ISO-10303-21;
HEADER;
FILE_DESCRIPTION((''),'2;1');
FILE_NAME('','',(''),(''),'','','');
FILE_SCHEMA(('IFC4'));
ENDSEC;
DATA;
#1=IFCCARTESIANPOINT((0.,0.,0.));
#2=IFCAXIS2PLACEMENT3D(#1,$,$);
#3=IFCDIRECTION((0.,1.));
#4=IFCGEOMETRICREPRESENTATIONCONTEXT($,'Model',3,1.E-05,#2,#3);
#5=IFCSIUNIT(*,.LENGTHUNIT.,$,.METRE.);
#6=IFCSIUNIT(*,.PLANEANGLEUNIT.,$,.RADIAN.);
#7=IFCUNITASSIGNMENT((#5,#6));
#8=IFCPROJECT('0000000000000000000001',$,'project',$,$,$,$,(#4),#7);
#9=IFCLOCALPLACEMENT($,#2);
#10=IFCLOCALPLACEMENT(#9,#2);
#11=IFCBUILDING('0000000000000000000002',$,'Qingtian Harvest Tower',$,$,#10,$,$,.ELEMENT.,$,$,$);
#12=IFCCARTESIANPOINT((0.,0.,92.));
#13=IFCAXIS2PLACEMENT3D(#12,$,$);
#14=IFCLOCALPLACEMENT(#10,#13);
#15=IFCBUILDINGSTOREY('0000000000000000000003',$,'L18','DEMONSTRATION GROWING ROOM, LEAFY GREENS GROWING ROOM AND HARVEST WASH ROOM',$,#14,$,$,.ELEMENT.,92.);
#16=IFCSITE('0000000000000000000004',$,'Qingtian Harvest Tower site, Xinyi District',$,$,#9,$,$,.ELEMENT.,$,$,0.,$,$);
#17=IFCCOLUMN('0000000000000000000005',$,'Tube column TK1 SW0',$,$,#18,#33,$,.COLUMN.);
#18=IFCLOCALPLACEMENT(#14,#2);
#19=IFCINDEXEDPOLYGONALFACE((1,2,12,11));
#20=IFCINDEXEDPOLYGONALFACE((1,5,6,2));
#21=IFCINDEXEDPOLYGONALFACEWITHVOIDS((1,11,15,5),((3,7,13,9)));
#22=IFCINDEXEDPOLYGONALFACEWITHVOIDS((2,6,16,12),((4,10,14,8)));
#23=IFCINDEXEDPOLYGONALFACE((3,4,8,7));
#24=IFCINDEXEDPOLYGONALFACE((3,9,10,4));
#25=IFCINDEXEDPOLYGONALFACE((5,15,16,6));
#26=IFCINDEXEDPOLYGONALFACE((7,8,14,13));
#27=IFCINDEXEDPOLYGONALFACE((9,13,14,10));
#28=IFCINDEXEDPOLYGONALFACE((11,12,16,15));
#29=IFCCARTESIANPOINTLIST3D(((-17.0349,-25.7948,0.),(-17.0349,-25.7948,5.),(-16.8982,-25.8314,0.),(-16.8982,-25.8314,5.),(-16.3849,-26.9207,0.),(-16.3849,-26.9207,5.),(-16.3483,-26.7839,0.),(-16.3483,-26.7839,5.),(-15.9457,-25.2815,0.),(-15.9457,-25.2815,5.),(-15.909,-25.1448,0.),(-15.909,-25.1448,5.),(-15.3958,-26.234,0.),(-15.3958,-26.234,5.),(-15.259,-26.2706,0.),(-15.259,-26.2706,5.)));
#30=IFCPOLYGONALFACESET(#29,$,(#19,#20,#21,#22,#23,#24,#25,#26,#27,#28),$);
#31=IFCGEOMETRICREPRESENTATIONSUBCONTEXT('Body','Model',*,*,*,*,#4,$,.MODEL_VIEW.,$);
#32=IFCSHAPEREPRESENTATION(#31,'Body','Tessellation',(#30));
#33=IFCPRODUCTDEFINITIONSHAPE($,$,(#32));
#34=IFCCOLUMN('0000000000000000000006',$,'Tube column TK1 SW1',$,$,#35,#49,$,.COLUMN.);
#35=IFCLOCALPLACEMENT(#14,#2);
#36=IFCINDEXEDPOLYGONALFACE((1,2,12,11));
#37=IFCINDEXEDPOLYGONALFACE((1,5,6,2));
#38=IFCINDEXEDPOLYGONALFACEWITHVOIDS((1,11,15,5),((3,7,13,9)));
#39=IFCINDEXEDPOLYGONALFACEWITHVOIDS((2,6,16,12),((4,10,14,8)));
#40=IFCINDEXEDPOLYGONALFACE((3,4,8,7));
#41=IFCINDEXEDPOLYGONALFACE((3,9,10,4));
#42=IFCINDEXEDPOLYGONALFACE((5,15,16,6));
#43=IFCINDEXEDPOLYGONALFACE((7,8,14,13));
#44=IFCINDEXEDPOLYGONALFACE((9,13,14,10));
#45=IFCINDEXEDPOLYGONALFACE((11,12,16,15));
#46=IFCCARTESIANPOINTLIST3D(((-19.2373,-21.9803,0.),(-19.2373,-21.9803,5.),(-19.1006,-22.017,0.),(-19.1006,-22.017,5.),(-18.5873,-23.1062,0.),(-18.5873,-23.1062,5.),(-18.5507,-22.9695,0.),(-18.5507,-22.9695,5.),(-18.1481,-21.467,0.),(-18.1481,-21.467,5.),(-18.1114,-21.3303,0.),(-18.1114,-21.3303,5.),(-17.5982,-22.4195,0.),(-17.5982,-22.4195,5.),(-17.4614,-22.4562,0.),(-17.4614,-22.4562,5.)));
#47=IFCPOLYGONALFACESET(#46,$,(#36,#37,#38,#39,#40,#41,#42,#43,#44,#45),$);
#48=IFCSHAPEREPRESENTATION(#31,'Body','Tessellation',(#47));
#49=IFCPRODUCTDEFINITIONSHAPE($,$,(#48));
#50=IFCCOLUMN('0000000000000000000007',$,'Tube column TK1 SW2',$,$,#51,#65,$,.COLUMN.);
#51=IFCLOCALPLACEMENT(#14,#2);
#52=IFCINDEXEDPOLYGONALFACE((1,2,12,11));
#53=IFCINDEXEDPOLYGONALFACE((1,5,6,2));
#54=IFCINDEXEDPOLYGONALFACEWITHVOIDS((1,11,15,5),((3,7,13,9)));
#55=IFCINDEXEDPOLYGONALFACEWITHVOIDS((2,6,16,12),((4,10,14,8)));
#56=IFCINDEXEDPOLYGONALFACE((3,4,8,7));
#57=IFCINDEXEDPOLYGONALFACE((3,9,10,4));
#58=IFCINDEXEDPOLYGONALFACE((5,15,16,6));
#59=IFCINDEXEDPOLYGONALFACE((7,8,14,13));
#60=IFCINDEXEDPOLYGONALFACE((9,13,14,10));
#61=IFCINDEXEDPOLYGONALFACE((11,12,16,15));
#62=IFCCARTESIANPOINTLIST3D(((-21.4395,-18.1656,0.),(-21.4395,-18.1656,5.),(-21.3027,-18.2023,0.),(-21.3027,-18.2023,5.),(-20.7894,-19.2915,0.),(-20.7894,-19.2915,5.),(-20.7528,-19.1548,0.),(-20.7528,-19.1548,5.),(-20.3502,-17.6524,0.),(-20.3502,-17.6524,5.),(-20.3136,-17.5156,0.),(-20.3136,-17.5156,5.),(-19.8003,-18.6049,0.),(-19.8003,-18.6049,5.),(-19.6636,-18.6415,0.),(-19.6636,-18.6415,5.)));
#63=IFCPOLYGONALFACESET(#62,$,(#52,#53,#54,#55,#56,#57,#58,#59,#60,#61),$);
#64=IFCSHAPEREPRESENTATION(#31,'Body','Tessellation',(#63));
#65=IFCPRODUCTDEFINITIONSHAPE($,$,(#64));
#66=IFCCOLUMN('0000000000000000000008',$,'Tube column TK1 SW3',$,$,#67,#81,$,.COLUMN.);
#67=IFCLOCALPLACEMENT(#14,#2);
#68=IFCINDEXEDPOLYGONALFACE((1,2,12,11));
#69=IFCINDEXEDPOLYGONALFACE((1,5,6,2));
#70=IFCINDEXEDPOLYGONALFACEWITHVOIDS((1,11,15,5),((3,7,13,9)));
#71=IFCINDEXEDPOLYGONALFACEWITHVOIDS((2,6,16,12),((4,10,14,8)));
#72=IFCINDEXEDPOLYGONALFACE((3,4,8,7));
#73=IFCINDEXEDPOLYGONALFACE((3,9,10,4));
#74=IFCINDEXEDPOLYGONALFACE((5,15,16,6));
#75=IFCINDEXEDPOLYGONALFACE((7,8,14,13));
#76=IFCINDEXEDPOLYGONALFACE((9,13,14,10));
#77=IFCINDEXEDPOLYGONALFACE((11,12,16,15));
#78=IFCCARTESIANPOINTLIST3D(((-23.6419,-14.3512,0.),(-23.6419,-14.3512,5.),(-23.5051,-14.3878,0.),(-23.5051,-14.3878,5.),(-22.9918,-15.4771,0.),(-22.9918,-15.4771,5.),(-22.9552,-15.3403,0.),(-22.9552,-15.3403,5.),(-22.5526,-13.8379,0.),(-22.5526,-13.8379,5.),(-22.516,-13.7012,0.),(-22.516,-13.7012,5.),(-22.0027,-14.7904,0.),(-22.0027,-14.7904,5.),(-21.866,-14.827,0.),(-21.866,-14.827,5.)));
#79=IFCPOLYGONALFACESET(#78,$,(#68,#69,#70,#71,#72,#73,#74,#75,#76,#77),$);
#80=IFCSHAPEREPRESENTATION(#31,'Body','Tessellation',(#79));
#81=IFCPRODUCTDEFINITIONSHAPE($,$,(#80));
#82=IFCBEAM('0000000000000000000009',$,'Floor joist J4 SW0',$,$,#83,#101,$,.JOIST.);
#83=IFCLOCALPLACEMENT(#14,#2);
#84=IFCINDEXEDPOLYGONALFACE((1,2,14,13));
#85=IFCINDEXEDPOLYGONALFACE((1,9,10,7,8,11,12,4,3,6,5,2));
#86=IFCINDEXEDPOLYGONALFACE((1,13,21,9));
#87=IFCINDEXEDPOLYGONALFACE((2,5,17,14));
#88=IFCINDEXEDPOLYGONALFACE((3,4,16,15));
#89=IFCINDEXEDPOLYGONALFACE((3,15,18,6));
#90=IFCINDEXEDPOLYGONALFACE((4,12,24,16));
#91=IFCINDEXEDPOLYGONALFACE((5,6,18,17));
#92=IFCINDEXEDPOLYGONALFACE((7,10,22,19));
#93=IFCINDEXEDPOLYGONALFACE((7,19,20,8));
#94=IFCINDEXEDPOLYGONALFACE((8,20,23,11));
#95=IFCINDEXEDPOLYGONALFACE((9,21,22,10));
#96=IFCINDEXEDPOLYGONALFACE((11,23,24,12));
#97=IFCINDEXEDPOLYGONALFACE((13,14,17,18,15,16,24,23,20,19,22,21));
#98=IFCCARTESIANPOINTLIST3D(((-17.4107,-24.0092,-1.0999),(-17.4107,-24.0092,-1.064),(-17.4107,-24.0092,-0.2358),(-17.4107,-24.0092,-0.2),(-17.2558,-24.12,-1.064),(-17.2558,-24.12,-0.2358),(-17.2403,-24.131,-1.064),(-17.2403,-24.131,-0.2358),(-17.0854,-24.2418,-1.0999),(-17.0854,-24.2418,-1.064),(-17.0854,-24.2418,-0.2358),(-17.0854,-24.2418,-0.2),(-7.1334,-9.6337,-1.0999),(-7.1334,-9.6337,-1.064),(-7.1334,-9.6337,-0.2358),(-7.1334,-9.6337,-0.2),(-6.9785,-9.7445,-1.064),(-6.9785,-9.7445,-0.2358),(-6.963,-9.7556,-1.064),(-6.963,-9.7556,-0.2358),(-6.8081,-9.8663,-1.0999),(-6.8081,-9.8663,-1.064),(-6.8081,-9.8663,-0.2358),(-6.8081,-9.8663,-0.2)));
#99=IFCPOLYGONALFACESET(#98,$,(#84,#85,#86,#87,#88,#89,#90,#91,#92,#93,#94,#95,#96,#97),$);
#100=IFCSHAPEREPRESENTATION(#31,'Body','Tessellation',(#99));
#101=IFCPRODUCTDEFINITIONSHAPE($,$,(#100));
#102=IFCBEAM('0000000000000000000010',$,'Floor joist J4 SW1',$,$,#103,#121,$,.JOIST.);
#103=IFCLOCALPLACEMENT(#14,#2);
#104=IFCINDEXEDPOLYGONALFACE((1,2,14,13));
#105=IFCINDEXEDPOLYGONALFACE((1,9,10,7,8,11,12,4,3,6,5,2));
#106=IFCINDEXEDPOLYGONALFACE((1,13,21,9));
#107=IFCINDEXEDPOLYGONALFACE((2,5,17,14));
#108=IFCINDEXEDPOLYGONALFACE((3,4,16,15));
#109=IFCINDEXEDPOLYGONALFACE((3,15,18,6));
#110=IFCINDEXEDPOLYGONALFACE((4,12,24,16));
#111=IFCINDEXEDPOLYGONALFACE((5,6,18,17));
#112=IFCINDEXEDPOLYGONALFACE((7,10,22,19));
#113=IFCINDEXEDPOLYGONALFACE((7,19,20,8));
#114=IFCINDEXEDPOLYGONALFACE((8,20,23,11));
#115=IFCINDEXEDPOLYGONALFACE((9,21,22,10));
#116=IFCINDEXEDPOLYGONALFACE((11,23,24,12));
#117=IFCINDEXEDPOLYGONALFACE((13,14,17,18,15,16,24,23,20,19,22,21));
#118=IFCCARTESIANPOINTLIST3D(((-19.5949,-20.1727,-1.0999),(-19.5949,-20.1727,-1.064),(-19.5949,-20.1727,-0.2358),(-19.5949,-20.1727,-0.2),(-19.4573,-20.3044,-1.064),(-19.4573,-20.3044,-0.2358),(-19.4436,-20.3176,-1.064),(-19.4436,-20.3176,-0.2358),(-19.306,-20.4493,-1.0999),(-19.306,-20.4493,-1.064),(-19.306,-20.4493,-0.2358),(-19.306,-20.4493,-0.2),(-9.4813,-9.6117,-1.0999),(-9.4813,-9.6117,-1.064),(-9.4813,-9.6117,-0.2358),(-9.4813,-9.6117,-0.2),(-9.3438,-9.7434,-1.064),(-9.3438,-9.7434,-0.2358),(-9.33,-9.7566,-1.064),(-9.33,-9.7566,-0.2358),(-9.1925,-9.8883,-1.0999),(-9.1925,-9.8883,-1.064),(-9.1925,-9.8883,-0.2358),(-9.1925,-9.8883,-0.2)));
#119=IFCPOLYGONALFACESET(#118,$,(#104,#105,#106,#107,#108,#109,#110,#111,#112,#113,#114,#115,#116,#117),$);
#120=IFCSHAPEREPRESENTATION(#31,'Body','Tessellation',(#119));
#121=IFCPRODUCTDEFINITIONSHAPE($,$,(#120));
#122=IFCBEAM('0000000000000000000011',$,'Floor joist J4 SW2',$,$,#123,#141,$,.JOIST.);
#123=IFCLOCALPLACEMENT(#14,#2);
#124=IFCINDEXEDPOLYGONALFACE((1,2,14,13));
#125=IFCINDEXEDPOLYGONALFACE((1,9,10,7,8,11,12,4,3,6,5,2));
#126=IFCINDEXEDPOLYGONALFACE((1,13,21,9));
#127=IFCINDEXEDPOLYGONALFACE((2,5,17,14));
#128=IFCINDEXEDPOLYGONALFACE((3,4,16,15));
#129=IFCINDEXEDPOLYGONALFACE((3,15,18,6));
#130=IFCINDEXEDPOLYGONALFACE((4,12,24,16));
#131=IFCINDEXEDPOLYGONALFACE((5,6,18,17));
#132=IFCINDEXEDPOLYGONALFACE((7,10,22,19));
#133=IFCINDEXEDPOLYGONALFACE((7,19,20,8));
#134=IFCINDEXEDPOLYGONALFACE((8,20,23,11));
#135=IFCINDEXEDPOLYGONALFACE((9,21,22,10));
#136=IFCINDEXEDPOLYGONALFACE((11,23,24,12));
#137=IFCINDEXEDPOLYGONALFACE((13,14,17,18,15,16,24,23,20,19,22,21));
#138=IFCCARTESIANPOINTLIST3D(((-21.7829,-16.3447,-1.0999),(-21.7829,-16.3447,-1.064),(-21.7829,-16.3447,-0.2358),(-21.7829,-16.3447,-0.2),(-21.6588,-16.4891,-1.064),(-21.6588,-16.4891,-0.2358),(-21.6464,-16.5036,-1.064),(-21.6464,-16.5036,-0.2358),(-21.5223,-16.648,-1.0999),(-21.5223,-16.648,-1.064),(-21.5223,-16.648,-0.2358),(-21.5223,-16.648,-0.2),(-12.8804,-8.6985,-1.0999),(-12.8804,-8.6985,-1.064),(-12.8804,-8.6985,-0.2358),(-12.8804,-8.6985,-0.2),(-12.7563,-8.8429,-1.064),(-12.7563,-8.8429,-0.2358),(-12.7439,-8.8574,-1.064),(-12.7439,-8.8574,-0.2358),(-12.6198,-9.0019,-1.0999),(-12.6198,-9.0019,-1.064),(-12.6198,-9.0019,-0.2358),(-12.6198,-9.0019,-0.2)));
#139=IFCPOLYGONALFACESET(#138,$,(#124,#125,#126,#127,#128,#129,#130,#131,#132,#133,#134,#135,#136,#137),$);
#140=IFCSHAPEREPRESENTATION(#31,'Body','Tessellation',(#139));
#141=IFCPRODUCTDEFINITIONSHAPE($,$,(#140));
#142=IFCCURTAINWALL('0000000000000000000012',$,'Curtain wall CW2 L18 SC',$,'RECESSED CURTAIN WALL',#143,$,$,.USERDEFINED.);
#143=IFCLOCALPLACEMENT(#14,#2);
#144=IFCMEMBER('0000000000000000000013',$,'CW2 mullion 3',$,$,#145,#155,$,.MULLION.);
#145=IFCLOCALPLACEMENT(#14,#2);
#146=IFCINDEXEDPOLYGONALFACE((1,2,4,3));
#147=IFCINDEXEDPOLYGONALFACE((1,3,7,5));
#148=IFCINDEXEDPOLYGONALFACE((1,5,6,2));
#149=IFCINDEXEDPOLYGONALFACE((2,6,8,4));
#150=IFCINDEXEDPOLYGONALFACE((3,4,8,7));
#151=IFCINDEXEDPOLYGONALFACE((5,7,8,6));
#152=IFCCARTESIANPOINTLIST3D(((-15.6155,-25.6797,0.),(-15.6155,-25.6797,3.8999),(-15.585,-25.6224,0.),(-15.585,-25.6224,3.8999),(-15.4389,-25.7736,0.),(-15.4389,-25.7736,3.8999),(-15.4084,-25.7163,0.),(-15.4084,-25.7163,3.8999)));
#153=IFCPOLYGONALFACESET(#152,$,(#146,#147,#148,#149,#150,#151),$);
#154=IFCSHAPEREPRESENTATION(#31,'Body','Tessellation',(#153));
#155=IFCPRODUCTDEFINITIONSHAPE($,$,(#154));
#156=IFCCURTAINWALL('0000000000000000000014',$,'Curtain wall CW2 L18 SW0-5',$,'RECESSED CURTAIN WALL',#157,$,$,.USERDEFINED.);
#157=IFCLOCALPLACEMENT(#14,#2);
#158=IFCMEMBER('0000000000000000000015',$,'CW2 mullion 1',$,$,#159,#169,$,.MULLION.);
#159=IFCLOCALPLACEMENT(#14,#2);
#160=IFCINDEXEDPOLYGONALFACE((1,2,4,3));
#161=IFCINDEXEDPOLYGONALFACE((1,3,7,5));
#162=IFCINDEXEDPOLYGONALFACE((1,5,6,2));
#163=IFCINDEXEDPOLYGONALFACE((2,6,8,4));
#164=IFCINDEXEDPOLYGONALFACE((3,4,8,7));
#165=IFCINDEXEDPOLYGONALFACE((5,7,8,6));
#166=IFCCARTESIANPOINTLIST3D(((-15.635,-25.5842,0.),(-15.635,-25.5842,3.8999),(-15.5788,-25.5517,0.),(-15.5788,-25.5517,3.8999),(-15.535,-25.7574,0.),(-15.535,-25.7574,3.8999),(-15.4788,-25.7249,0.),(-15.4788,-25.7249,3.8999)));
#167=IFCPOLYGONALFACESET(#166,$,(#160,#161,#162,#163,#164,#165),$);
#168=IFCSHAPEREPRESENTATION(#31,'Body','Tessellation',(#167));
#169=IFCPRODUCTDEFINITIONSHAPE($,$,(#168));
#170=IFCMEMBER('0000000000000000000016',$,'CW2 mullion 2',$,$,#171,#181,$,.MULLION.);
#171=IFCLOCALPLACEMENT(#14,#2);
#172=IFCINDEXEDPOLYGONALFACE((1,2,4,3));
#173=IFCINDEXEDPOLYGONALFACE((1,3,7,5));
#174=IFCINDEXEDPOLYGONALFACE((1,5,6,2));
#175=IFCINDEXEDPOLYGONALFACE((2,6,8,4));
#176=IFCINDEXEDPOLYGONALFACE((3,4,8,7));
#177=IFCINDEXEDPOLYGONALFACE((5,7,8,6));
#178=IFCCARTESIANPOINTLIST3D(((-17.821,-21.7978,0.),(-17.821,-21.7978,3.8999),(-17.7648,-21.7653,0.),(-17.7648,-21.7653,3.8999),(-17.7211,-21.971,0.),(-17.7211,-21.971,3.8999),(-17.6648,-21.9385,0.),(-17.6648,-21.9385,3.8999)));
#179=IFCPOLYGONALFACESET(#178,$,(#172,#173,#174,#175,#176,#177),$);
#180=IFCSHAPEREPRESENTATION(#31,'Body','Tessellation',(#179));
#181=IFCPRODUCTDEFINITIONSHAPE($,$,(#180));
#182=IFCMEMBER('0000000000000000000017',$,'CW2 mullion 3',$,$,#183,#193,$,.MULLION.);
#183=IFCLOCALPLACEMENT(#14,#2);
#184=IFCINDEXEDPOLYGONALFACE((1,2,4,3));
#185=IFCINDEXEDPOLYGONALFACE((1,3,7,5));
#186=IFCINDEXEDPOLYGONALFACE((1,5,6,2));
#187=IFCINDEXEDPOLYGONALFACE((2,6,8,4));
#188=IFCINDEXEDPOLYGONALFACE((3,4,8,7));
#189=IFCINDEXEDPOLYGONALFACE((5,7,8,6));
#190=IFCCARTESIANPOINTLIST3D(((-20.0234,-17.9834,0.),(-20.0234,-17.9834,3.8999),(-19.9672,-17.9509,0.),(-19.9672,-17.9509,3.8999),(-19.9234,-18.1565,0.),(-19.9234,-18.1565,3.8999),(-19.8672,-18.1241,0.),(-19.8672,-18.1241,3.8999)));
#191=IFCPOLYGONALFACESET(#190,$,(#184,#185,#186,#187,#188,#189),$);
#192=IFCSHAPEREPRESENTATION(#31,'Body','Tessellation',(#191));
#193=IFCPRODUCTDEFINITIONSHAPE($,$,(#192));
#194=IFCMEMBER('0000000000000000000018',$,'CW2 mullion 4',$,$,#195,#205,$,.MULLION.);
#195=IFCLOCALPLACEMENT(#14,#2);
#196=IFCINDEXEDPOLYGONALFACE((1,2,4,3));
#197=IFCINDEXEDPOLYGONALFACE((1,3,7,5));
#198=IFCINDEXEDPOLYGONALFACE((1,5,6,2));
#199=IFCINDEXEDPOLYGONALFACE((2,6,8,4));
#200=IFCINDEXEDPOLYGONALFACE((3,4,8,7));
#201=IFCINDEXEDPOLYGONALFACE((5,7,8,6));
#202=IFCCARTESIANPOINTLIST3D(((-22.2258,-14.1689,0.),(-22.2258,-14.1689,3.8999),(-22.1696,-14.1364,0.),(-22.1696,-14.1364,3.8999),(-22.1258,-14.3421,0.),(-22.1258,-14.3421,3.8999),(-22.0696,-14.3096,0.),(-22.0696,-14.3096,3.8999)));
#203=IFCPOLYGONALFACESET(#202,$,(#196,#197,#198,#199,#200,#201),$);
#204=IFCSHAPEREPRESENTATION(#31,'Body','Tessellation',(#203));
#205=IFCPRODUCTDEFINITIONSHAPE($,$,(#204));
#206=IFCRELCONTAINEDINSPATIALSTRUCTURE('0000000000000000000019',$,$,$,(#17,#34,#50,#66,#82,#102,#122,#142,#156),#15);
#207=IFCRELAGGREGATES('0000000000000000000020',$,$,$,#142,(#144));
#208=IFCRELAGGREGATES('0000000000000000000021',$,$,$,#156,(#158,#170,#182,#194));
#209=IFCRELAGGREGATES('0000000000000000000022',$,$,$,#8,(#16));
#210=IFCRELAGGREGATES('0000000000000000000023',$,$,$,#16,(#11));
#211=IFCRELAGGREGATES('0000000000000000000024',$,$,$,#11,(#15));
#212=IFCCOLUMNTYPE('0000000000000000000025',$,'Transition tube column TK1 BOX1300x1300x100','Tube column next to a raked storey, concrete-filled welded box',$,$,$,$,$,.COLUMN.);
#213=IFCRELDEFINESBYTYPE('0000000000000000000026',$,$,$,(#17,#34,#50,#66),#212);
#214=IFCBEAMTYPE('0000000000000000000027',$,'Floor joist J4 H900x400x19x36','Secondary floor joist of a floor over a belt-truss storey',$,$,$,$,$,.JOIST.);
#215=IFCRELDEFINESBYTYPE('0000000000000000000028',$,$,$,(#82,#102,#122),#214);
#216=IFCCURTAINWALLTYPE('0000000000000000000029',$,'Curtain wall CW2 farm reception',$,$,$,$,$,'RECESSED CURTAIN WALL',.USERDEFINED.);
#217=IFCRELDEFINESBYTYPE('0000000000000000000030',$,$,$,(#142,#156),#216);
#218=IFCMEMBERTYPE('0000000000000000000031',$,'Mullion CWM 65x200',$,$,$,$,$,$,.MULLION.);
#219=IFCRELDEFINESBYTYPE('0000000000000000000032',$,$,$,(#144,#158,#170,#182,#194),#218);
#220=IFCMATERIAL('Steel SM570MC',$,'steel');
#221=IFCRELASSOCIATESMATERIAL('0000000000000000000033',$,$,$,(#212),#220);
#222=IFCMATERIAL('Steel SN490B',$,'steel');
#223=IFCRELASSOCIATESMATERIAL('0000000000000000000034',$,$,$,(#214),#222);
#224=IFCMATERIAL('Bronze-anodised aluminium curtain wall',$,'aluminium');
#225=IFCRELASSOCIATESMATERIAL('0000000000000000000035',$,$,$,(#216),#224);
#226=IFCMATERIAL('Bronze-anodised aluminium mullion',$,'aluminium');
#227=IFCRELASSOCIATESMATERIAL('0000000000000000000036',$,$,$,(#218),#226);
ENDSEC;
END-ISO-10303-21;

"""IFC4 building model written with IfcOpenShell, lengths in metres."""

from ifc_helpers import new_model, si_unit, direction, frame, origin, origin_2d, place, context, subcontext, project, spatial, rectangle, hollow_rectangle, i_section, extrude, material, material_profile, profile_set, type_object, element, aggregate, save


model = new_model("IFC4")

# Units and contexts
model_context = context("Model", 3, precision=1e-05, world=origin(), true_north=direction((0.0, 1.0)))
body_context = subcontext(model_context, "Body", "Model", "MODEL_VIEW")
ifc_project = project(units=[si_unit("LENGTHUNIT", "METRE"), si_unit("PLANEANGLEUNIT", "RADIAN")], contexts=[model_context])

# Site, building, storey
site_placement = place(None, origin())
site = spatial("IfcSite", under=ifc_project, at=site_placement, Name="Qingtian Harvest Tower site, Xinyi District", CompositionType="ELEMENT", RefElevation=0.0)
building_placement = place(site_placement, origin())
building = spatial("IfcBuilding", under=site, at=building_placement, Name="Qingtian Harvest Tower", CompositionType="ELEMENT")
storey_placement = place(building_placement, frame((0.0, 0.0, 92.0)))
storey = spatial("IfcBuildingStorey", under=building, at=storey_placement, Name="L18", Description="DEMONSTRATION GROWING ROOM, LEAFY GREENS GROWING ROOM AND HARVEST WASH ROOM", CompositionType="ELEMENT", Elevation=92.0)

# Columns
ifc_material_1 = material(Name="Steel SM570MC", Category="steel")
ifc_material_profile_1 = material_profile(ifc_material_1, hollow_rectangle(XDim=1.3, YDim=1.3, WallThickness=0.1001, at=origin_2d()), Name="BOX1300x1300x100")
ifc_profile_set_1 = profile_set([ifc_material_profile_1], Name="Steel SM570MC")
column_type = type_object("IfcColumnType", Name="Transition tube column TK1 BOX1300x1300x100", Description="Tube column next to a raked storey, concrete-filled welded box", PredefinedType="COLUMN", material=ifc_profile_set_1)
for number, where, z_axis, x_axis, name in (
    (1, (-16.147, -26.0327, 0.0), (0.0, 0.0, 1.0), (0.5, -0.866025, 0.0), "Tube column TK1 SW0"),
    (2, (-18.3494, -22.2183, 0.0), (0.0, 0.0, 1.0), (0.5, -0.866025, 0.0), "Tube column TK1 SW1"),
    (3, (-20.5515, -18.4036, 0.0), (0.0, 0.0, 1.0), (0.5, -0.866025, 0.0), "Tube column TK1 SW2"),
    (4, (-22.7539, -14.5891, 0.0), (0.0, 0.0, 1.0), (0.5, -0.866025, 0.0), "Tube column TK1 SW3"),
):
    element("IfcColumn", number, at=place(storey_placement, frame(where, z_axis=z_axis, x_axis=x_axis)), inside=storey, type_object=column_type, Name=name, PredefinedType="COLUMN", context=body_context, shape_type="SweptSolid", body=[
        extrude(hollow_rectangle(XDim=1.3, YDim=1.3, WallThickness=0.1001, at=origin_2d()), origin(), (0.0, 0.0, 1.0), 5.0),
    ])

# Beams
ifc_material_2 = material(Name="Steel SN490B", Category="steel")
ifc_material_profile_2 = material_profile(ifc_material_2, i_section(OverallWidth=0.3999, OverallDepth=0.8999, WebThickness=0.019, FlangeThickness=0.0359, at=origin_2d()), Name="H900x400x19x36")
ifc_profile_set_2 = profile_set([ifc_material_profile_2], Name="Steel SN490B")
beam_type_1 = type_object("IfcBeamType", Name="Floor joist J4 H900x400x19x36", Description="Secondary floor joist of a floor over a belt-truss storey", PredefinedType="JOIST", material=ifc_profile_set_2)
beam_1_placement = place(storey_placement, frame((-17.248, -24.1255, -0.6499), z_axis=(0.581581, 0.813489, 0.0), x_axis=(-0.813489, 0.581581, 0.0)))
element("IfcBeam", 5, at=beam_1_placement, inside=storey, type_object=beam_type_1, Name="Floor joist J4 SW0", PredefinedType="JOIST", context=body_context, shape_type="SweptSolid", body=[
    extrude(i_section(OverallWidth=0.3999, OverallDepth=0.8999, WebThickness=0.019, FlangeThickness=0.0359, at=origin_2d()), origin(), (0.0, 0.0, 1.0), 17.6714),
])
beam_2_placement = place(storey_placement, frame((-19.4504, -20.311, -0.6499), z_axis=(0.691639, 0.722243, 0.0), x_axis=(-0.722243, 0.691639, 0.0)))
element("IfcBeam", 6, at=beam_2_placement, inside=storey, type_object=beam_type_1, Name="Floor joist J4 SW1", PredefinedType="JOIST", context=body_context, shape_type="SweptSolid", body=[
    extrude(i_section(OverallWidth=0.3999, OverallDepth=0.8999, WebThickness=0.019, FlangeThickness=0.0359, at=origin_2d()), origin(), (0.0, 0.0, 1.0), 14.6226),
])
beam_3_placement = place(storey_placement, frame((-21.6526, -16.4963, -0.6499), z_axis=(0.758606, 0.65155, 0.0), x_axis=(-0.65155, 0.758606, 0.0)))
element("IfcBeam", 7, at=beam_3_placement, inside=storey, type_object=beam_type_1, Name="Floor joist J4 SW2", PredefinedType="JOIST", context=body_context, shape_type="SweptSolid", body=[
    extrude(i_section(OverallWidth=0.3999, OverallDepth=0.8999, WebThickness=0.019, FlangeThickness=0.0359, at=origin_2d()), origin(), (0.0, 0.0, 1.0), 11.7354),
])

# Curtain wall, member
ifc_material_3 = material(Name="Bronze-anodised aluminium curtain wall", Category="aluminium")
curtain_wall_type = type_object("IfcCurtainWallType", Name="Curtain wall CW2 farm reception", ElementType="RECESSED CURTAIN WALL", PredefinedType="USERDEFINED", material=ifc_material_3)
curtain_wall_1_placement = place(storey_placement, origin())
curtain_wall_1 = element("IfcCurtainWall", 8, at=curtain_wall_1_placement, inside=storey, type_object=curtain_wall_type, Name="Curtain wall CW2 L18 SC", ObjectType="RECESSED CURTAIN WALL", PredefinedType="USERDEFINED")
ifc_material_4 = material(Name="Bronze-anodised aluminium mullion", Category="aluminium")
ifc_material_profile_3 = material_profile(ifc_material_4, rectangle(XDim=0.0649, YDim=0.2, at=origin_2d()), Name="AL 65x200")
ifc_profile_set_3 = profile_set([ifc_material_profile_3], Name="Bronze-anodised aluminium mullion")
member_type_1 = type_object("IfcMemberType", Name="Mullion CWM 65x200", PredefinedType="MULLION", material=ifc_profile_set_3)
member_1_placement = place(storey_placement, frame((-15.512, -25.698, 0.0), z_axis=(0.0, 0.0, 1.0), x_axis=(-0.469472, -0.882948, 0.0)))
member_1 = element("IfcMember", 9, at=member_1_placement, type_object=member_type_1, Name="CW2 mullion 3", PredefinedType="MULLION", context=body_context, shape_type="SweptSolid", body=[
    extrude(rectangle(XDim=0.0649, YDim=0.2, at=origin_2d()), origin(), (0.0, 0.0, 1.0), 3.8999),
])

# Curtain wall, members
curtain_wall_2_placement = place(storey_placement, origin())
curtain_wall_2 = element("IfcCurtainWall", 10, at=curtain_wall_2_placement, inside=storey, type_object=curtain_wall_type, Name="Curtain wall CW2 L18 SW0-5", ObjectType="RECESSED CURTAIN WALL", PredefinedType="USERDEFINED")
member_2_placement = place(storey_placement, frame((-15.5569, -25.6545, 0.0), z_axis=(0.0, 0.0, 1.0), x_axis=(-0.866025, -0.5, 0.0)))
member_2 = element("IfcMember", 11, at=member_2_placement, type_object=member_type_1, Name="CW2 mullion 1", PredefinedType="MULLION", context=body_context, shape_type="SweptSolid", body=[
    extrude(rectangle(XDim=0.0649, YDim=0.2, at=origin_2d()), origin(), (0.0, 0.0, 1.0), 3.8999),
])
member_3_placement = place(storey_placement, frame((-17.7429, -21.8682, 0.0), z_axis=(0.0, 0.0, 1.0), x_axis=(-0.866025, -0.5, 0.0)))
member_3 = element("IfcMember", 12, at=member_3_placement, type_object=member_type_1, Name="CW2 mullion 2", PredefinedType="MULLION", context=body_context, shape_type="SweptSolid", body=[
    extrude(rectangle(XDim=0.0649, YDim=0.2, at=origin_2d()), origin(), (0.0, 0.0, 1.0), 3.8999),
])
member_4_placement = place(storey_placement, frame((-19.9453, -18.0537, 0.0), z_axis=(0.0, 0.0, 1.0), x_axis=(-0.866025, -0.5, 0.0)))
member_4 = element("IfcMember", 13, at=member_4_placement, type_object=member_type_1, Name="CW2 mullion 3", PredefinedType="MULLION", context=body_context, shape_type="SweptSolid", body=[
    extrude(rectangle(XDim=0.0649, YDim=0.2, at=origin_2d()), origin(), (0.0, 0.0, 1.0), 3.8999),
])
member_5_placement = place(storey_placement, frame((-22.1477, -14.2393, 0.0), z_axis=(0.0, 0.0, 1.0), x_axis=(-0.866025, -0.5, 0.0)))
member_5 = element("IfcMember", 14, at=member_5_placement, type_object=member_type_1, Name="CW2 mullion 4", PredefinedType="MULLION", context=body_context, shape_type="SweptSolid", body=[
    extrude(rectangle(XDim=0.0649, YDim=0.2, at=origin_2d()), origin(), (0.0, 0.0, 1.0), 3.8999),
])

aggregate(curtain_wall_1, [member_1])
aggregate(curtain_wall_2, [member_2, member_3, member_4, member_5])

save(model, "model.ifc")
